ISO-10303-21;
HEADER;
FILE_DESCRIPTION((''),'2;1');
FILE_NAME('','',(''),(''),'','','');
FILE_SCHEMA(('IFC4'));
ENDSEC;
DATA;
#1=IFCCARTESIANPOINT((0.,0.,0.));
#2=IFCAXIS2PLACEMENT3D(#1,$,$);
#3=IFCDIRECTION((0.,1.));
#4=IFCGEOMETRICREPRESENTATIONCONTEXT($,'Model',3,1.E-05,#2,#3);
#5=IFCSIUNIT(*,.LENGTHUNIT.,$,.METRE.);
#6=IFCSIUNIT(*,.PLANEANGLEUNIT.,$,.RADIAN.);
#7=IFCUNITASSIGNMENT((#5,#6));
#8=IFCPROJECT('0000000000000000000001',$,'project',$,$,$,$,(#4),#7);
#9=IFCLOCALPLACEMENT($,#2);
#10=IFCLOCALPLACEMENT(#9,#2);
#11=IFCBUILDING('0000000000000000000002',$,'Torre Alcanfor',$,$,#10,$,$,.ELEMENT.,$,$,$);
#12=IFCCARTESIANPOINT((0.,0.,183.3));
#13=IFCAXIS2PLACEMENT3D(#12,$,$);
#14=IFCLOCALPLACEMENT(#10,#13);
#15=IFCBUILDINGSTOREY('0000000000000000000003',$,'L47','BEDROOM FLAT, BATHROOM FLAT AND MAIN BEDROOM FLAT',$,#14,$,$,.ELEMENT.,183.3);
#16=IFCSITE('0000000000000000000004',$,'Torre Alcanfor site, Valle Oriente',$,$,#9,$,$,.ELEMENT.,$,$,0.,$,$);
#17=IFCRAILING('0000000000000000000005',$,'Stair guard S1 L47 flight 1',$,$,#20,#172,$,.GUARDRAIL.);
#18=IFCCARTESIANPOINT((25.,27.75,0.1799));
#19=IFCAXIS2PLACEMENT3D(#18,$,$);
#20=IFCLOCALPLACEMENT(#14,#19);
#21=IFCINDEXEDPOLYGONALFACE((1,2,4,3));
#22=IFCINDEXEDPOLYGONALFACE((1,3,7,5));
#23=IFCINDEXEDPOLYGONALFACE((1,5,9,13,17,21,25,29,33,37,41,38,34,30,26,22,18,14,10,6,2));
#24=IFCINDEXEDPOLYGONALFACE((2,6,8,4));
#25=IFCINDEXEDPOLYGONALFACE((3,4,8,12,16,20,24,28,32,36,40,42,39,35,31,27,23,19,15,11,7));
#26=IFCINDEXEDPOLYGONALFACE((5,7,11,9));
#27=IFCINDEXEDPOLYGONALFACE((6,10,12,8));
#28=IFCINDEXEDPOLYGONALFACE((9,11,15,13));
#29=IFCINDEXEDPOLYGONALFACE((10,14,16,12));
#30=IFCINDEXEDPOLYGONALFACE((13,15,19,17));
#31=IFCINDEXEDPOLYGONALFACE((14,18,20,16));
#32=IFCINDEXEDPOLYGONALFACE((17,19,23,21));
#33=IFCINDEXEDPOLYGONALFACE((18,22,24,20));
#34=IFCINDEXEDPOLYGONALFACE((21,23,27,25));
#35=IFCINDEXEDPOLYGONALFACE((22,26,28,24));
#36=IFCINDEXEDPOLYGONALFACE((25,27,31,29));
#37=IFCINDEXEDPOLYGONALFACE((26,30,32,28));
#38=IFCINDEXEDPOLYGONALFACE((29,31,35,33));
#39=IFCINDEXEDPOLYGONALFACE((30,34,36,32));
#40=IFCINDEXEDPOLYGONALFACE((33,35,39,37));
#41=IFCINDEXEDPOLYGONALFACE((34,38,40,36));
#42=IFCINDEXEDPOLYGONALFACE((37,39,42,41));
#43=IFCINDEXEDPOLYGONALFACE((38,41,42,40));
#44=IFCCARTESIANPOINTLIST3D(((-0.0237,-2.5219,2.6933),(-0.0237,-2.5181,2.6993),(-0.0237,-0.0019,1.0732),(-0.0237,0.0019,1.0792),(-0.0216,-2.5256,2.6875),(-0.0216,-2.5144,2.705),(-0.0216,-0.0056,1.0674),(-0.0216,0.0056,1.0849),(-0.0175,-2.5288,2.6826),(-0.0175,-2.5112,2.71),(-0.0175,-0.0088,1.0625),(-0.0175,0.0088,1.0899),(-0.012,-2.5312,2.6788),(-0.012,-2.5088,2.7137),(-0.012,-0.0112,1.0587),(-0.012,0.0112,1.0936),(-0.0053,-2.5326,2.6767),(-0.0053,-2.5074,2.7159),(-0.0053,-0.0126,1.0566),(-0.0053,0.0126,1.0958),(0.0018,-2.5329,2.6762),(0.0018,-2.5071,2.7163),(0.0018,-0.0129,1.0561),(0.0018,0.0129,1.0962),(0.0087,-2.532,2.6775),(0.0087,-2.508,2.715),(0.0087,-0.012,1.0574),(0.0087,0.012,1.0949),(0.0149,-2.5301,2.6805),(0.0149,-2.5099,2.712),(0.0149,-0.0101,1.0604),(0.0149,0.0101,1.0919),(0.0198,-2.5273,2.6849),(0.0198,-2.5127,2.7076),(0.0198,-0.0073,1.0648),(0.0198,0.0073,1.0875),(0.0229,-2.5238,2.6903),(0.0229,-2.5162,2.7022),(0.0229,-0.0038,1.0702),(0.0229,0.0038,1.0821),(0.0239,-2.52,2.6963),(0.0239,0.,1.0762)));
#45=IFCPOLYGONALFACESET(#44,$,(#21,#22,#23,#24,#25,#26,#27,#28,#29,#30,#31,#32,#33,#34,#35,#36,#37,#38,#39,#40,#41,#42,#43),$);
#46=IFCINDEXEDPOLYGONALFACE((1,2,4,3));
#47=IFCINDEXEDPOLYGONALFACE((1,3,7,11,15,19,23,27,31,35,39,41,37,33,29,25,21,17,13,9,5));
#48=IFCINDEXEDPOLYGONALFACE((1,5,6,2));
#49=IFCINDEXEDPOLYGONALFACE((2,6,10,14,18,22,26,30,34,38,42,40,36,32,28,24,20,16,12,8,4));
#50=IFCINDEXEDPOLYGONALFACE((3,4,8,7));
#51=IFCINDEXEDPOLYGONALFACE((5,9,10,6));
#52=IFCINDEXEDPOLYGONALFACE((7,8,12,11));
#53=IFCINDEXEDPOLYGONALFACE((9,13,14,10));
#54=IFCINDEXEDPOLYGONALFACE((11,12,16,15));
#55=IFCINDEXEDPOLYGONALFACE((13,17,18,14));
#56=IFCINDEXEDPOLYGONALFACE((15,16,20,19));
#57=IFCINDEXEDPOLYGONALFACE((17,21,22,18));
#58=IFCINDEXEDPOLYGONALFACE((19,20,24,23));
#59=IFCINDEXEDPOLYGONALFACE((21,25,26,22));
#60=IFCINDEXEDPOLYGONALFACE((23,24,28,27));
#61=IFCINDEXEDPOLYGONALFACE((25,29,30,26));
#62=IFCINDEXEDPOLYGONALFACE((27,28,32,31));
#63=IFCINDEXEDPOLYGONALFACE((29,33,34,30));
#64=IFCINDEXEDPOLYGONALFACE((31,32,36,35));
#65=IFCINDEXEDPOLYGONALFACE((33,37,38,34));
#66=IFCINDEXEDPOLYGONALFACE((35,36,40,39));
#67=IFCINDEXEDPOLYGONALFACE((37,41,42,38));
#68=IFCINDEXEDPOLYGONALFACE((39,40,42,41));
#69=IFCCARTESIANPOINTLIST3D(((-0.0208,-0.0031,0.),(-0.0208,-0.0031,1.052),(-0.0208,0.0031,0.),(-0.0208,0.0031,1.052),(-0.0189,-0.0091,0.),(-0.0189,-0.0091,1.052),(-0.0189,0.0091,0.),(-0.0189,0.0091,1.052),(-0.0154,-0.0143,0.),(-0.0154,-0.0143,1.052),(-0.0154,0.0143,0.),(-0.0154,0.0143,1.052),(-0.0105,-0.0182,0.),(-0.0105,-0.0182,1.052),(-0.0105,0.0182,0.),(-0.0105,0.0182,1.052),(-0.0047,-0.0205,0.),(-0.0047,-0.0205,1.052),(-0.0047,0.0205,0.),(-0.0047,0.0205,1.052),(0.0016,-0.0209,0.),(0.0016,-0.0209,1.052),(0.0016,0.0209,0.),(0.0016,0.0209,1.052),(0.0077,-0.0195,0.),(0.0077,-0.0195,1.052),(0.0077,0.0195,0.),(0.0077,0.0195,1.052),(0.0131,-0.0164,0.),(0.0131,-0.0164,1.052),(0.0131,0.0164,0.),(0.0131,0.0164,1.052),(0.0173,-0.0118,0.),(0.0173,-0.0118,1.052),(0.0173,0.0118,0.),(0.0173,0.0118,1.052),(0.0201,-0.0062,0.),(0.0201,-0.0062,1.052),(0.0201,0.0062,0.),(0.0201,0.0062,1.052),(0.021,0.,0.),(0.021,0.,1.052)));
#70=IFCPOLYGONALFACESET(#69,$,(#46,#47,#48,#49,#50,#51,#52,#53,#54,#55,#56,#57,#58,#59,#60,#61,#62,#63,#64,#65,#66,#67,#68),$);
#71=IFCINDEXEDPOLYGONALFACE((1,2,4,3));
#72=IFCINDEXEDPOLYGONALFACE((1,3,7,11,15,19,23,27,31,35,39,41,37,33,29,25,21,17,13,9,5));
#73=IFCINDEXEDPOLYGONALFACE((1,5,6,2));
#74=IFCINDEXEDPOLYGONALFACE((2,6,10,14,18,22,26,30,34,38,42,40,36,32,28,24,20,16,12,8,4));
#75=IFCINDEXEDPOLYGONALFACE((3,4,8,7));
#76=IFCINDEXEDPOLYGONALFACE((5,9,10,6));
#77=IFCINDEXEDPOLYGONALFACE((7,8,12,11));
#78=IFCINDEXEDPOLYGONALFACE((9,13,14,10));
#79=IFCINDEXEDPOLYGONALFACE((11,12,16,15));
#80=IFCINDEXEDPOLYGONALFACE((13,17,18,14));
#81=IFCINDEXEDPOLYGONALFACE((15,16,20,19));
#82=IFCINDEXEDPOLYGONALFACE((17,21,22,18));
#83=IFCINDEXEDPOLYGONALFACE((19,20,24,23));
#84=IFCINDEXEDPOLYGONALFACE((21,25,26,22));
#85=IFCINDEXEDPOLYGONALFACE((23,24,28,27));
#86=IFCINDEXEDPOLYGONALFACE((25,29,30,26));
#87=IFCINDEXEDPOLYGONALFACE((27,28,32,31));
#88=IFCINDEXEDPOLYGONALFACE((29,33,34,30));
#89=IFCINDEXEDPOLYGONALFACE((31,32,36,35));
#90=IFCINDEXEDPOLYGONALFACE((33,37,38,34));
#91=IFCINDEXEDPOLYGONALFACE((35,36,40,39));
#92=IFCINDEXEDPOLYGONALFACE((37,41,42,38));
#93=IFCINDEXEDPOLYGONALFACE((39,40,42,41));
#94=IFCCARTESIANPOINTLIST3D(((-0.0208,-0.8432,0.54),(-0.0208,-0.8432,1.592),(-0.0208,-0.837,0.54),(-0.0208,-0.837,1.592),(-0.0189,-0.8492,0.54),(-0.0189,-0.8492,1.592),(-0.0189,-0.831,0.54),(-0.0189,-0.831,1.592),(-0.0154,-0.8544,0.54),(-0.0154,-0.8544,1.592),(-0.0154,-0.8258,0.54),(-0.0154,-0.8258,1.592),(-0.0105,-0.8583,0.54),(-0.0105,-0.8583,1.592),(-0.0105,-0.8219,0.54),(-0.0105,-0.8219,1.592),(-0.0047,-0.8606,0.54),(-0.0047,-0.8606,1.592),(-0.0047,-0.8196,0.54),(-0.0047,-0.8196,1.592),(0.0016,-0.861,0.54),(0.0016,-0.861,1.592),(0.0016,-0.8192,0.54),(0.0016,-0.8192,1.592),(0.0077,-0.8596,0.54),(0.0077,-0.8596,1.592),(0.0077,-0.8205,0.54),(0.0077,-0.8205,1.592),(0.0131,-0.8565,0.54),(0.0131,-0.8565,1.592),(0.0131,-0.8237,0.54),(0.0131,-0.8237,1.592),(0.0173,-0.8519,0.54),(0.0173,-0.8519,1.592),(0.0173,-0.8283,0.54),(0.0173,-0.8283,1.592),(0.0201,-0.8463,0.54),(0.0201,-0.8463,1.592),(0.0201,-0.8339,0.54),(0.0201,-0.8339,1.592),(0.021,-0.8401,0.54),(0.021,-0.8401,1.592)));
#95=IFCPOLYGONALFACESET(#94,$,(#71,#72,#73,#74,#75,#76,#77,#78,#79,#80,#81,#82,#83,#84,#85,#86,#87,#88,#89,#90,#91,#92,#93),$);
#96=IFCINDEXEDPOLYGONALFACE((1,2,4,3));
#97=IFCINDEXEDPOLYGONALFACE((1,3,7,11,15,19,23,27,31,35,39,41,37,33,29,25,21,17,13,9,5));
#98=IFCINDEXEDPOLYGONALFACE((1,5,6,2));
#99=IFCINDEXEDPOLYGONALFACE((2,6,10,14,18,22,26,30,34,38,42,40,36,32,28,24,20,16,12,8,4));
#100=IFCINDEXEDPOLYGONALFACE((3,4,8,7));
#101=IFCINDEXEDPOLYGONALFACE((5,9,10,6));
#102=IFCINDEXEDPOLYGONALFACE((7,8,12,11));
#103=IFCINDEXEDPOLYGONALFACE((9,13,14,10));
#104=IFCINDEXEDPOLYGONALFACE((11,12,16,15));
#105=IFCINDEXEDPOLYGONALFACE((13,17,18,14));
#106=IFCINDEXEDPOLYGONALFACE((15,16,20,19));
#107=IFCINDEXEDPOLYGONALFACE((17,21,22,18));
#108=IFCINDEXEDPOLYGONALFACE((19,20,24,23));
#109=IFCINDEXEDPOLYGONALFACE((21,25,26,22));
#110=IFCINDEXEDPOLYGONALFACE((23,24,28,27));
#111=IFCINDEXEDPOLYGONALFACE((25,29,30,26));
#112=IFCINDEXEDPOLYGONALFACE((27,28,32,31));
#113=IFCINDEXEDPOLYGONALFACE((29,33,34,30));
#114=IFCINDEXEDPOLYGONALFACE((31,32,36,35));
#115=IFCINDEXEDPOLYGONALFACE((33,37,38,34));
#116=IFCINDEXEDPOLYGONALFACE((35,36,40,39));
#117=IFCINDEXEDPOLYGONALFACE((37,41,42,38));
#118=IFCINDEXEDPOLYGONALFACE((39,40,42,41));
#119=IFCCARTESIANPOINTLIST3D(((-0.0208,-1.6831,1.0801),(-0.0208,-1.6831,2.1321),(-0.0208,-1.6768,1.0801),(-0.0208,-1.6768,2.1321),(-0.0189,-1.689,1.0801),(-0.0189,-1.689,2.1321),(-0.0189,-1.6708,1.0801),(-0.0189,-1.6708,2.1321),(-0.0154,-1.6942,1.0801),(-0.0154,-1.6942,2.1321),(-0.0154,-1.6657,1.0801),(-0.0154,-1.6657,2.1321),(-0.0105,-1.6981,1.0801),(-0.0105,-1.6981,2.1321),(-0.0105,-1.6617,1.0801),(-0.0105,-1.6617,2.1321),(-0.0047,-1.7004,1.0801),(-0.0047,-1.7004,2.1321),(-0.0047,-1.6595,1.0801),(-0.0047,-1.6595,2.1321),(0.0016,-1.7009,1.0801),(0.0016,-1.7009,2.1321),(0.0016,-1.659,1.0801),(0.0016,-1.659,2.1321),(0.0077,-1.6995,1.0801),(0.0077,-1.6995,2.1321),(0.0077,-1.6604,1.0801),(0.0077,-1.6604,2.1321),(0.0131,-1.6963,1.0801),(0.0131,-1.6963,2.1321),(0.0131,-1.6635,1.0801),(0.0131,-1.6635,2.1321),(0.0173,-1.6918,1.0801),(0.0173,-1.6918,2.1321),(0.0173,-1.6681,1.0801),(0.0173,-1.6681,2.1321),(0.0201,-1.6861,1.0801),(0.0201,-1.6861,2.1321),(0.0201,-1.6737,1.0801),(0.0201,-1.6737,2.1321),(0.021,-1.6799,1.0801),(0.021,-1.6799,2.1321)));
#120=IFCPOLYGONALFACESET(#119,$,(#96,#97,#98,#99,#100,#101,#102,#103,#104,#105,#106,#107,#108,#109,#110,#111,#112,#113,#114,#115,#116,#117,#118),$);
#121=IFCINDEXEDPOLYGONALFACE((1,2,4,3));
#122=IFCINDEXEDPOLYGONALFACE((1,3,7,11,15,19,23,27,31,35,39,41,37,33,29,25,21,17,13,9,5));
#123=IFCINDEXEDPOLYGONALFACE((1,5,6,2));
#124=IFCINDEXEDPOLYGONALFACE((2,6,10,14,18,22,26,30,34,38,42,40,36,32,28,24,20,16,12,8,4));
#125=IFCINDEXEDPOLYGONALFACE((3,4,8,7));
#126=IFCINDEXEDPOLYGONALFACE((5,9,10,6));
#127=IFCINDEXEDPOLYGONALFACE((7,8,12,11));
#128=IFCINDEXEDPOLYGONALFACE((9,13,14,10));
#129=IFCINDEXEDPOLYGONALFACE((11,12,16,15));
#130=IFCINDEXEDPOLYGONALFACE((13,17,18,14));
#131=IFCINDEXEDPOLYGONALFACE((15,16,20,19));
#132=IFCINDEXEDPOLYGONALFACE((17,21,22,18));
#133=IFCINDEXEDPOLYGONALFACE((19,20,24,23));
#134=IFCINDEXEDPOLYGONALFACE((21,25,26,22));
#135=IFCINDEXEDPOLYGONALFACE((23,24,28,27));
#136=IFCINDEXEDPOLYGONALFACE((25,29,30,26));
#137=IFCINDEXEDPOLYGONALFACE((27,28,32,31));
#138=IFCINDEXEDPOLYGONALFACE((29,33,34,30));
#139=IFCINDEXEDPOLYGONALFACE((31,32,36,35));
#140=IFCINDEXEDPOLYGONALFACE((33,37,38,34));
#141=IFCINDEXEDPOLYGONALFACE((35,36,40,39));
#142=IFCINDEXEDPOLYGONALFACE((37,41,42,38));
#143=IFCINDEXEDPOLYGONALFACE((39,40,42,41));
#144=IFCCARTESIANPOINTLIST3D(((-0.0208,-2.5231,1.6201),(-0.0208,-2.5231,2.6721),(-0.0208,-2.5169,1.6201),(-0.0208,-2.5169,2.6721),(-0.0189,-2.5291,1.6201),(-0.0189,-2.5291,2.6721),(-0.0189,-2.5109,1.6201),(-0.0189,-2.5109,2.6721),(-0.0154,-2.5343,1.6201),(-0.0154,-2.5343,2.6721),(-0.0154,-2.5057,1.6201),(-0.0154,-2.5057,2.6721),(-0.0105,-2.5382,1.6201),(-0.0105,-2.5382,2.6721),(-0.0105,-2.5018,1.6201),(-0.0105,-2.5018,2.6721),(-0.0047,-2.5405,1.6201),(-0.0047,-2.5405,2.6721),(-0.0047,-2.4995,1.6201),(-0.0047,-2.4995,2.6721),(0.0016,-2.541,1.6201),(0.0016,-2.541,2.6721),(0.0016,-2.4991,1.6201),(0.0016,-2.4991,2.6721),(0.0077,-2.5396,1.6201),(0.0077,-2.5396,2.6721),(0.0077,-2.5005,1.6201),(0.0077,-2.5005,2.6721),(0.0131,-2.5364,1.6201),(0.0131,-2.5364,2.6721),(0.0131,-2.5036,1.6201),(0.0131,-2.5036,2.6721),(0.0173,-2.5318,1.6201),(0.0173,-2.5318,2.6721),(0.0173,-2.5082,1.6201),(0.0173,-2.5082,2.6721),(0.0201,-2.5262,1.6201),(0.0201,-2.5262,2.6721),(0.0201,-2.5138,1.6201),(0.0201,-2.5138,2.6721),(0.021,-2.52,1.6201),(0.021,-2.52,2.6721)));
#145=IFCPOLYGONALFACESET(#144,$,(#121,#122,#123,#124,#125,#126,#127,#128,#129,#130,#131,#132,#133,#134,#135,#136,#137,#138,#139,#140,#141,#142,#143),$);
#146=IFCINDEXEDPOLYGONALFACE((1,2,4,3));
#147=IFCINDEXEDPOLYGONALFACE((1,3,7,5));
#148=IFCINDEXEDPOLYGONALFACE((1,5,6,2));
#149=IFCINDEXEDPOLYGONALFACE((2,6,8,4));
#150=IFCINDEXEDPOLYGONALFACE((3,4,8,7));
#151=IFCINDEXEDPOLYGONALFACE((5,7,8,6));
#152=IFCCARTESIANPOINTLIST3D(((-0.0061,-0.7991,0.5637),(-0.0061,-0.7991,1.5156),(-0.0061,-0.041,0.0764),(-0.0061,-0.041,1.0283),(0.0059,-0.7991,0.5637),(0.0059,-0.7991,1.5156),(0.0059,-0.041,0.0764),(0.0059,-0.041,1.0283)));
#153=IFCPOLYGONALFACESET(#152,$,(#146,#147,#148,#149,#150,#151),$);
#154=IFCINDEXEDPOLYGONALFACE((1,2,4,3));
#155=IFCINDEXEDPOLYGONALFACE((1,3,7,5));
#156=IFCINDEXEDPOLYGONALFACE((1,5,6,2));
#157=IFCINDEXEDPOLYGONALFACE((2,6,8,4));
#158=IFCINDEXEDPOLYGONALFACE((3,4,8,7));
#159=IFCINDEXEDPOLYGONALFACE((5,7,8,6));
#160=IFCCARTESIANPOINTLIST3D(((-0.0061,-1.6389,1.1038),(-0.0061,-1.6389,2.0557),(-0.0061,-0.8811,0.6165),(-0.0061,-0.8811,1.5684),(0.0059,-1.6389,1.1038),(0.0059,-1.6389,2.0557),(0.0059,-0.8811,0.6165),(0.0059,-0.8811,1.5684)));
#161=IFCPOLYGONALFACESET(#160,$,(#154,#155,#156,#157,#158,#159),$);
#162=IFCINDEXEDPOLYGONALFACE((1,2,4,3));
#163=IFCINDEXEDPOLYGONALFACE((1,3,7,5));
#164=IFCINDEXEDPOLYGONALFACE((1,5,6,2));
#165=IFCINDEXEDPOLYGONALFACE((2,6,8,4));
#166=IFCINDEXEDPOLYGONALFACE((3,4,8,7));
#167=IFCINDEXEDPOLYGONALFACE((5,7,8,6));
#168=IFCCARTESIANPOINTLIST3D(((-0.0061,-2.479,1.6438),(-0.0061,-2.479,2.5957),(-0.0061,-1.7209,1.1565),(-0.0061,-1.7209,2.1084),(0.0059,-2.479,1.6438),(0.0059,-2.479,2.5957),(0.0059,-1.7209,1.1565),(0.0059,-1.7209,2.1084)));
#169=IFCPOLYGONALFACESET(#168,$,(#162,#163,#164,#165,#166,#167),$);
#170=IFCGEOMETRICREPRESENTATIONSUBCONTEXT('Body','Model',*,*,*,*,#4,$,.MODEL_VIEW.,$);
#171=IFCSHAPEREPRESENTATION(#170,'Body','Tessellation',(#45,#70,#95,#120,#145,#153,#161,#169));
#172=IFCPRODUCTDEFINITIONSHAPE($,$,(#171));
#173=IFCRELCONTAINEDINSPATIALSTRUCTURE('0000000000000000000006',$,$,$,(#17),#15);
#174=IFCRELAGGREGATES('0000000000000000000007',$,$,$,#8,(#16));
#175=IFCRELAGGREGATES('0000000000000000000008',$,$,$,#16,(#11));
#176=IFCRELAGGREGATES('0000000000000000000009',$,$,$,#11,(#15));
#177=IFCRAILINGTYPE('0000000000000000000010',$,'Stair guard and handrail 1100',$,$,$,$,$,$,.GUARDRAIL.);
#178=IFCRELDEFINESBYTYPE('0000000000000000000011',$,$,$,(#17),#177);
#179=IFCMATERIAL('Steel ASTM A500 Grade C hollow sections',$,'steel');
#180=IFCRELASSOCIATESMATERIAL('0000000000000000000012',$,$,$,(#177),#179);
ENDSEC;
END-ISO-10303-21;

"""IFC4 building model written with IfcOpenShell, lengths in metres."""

from ifc_helpers import new_model, si_unit, direction, frame, origin, origin_2d, place, context, subcontext, project, spatial, polyline, circle, outline, extrude, material, type_object, element, save


model = new_model("IFC4")

# Units and contexts
model_context = context("Model", 3, precision=1e-05, world=origin(), true_north=direction((0.0, 1.0)))
body_context = subcontext(model_context, "Body", "Model", "MODEL_VIEW")
ifc_project = project(units=[si_unit("LENGTHUNIT", "METRE"), si_unit("PLANEANGLEUNIT", "RADIAN")], contexts=[model_context])

# Site, building, storey
site_placement = place(None, origin())
site = spatial("IfcSite", under=ifc_project, at=site_placement, Name="Torre Alcanfor site, Valle Oriente", CompositionType="ELEMENT", RefElevation=0.0)
building_placement = place(site_placement, origin())
building = spatial("IfcBuilding", under=site, at=building_placement, Name="Torre Alcanfor", CompositionType="ELEMENT")
storey_placement = place(building_placement, frame((0.0, 0.0, 183.3)))
storey = spatial("IfcBuildingStorey", under=building, at=storey_placement, Name="L47", Description="BEDROOM FLAT, BATHROOM FLAT AND MAIN BEDROOM FLAT", CompositionType="ELEMENT", Elevation=183.3)

# Railing
ifc_material_1 = material(Name="Steel ASTM A500 Grade C hollow sections", Category="steel")
railing_type = type_object("IfcRailingType", Name="Stair guard and handrail 1100", PredefinedType="GUARDRAIL", material=ifc_material_1)
railing_placement = place(storey_placement, frame((25.0, 27.75, 0.1799)))
element("IfcRailing", 1, at=railing_placement, inside=storey, type_object=railing_type, Name="Stair guard S1 L47 flight 1", PredefinedType="GUARDRAIL", context=body_context, shape_type="SweptSolid", body=[
    extrude(circle(Radius=0.0239, at=origin_2d()), frame((0.0, 0.0, 1.0762), z_axis=(0.0, -0.841163, 0.540782), x_axis=(1.0, 0.0, 0.0)), (0.0, 0.0, 1.0), 2.9958),
    extrude(circle(Radius=0.021, at=origin_2d()), origin(), (0.0, 0.0, 1.0), 1.052),
    extrude(circle(Radius=0.021, at=origin_2d()), frame((0.0, -0.8401, 0.54)), (0.0, 0.0, 1.0), 1.052),
    extrude(circle(Radius=0.021, at=origin_2d()), frame((0.0, -1.6799, 1.0801)), (0.0, 0.0, 1.0), 1.052),
    extrude(circle(Radius=0.021, at=origin_2d()), frame((0.0, -2.52, 1.6201)), (0.0, 0.0, 1.0), 1.052),
    extrude(outline(polyline([(0.041, 0.0764), (0.7991, 0.5637), (0.7991, 1.5156), (0.041, 1.0283), (0.041, 0.0764)])), frame((0.0059, 0.0, 0.0), z_axis=(-1.0, 0.0, 0.0), x_axis=(0.0, -1.0, 0.0)), (0.0, 0.0, 1.0), 0.012),
    extrude(outline(polyline([(0.8811, 0.6165), (1.6389, 1.1038), (1.6389, 2.0557), (0.8811, 1.5684), (0.8811, 0.6165)])), frame((0.0059, 0.0, 0.0), z_axis=(-1.0, 0.0, 0.0), x_axis=(0.0, -1.0, 0.0)), (0.0, 0.0, 1.0), 0.012),
    extrude(outline(polyline([(1.7209, 1.1565), (2.479, 1.6438), (2.479, 2.5957), (1.7209, 2.1084), (1.7209, 1.1565)])), frame((0.0059, 0.0, 0.0), z_axis=(-1.0, 0.0, 0.0), x_axis=(0.0, -1.0, 0.0)), (0.0, 0.0, 1.0), 0.012),
])

save(model, "model.ifc")
